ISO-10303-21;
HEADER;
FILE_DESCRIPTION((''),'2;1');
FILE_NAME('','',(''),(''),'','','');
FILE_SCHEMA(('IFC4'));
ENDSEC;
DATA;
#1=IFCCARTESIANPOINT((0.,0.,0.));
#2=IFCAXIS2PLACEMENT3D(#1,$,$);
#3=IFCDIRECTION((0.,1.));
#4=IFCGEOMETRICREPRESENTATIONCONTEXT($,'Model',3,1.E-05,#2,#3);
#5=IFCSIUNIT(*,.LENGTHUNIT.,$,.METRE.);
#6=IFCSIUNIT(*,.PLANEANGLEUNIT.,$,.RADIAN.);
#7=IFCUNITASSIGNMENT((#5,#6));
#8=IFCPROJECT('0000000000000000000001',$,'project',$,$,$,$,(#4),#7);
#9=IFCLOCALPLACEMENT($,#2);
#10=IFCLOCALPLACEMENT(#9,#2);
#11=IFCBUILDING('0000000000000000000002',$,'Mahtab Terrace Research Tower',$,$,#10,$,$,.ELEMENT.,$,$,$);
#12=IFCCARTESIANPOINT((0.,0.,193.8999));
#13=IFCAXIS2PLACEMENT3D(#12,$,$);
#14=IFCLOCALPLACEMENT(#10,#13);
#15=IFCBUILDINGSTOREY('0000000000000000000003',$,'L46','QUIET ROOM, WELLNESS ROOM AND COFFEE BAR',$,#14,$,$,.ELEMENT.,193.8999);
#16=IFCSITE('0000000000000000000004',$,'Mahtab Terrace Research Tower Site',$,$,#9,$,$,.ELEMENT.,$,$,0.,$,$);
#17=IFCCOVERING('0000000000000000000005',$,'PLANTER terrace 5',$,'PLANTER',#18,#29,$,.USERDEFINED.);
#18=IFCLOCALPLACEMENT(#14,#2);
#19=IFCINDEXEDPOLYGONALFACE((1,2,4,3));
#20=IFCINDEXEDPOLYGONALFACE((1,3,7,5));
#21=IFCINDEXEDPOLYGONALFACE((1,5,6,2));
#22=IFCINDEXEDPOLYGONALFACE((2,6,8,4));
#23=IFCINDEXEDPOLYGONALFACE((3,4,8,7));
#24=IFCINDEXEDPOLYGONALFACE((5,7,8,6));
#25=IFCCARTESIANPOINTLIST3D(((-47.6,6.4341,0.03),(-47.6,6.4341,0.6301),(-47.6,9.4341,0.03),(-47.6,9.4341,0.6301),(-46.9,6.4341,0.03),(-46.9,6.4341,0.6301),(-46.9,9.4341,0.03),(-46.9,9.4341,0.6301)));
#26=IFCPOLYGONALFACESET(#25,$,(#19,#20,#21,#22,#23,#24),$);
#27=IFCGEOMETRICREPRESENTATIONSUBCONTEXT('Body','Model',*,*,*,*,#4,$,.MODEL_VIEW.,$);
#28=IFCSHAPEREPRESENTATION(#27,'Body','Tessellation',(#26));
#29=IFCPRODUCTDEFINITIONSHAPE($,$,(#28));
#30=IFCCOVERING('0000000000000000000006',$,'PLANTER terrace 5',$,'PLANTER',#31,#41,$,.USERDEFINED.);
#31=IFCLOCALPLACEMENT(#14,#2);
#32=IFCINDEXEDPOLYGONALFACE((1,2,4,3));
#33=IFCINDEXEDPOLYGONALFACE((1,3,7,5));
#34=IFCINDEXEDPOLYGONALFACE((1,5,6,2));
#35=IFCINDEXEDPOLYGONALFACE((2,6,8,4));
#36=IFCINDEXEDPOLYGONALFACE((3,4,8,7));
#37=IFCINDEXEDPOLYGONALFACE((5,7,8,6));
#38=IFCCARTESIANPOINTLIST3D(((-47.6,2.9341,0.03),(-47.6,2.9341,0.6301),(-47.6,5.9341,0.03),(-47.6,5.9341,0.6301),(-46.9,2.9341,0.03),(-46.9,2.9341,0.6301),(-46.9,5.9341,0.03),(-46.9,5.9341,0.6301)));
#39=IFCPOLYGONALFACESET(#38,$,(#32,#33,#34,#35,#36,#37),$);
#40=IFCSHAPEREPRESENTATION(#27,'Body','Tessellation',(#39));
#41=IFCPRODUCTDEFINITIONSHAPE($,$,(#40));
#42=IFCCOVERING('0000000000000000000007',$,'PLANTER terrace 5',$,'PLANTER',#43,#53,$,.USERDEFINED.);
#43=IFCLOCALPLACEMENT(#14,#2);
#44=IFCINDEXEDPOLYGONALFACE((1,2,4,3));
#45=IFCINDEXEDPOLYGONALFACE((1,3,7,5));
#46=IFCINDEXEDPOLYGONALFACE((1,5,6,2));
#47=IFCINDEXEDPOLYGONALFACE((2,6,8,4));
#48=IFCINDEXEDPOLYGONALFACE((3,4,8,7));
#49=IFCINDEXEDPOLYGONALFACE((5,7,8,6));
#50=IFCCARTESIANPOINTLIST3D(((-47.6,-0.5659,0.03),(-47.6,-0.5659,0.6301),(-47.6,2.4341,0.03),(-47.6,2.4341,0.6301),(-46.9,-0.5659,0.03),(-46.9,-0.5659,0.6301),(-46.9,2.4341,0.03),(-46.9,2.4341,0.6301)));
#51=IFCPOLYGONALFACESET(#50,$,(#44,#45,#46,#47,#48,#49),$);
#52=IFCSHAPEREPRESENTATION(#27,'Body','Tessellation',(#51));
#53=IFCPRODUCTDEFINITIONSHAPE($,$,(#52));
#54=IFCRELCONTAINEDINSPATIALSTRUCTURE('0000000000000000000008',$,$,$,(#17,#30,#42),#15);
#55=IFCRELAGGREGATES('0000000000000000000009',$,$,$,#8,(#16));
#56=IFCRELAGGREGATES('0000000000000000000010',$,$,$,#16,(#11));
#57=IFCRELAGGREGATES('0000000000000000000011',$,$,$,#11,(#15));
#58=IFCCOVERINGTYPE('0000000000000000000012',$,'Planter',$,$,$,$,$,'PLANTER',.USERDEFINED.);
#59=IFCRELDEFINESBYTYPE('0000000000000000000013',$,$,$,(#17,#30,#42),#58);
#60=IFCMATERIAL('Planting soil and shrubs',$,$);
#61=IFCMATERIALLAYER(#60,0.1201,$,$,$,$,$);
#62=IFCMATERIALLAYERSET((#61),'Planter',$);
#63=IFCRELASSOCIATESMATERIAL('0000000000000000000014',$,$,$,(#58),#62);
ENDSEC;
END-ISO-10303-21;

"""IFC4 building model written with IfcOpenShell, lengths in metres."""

from ifc_helpers import new_model, si_unit, direction, frame, origin, origin_2d, place, context, subcontext, project, spatial, rectangle, extrude, material, layer, layer_set, type_object, element, save


model = new_model("IFC4")

# Units and contexts
model_context = context("Model", 3, precision=1e-05, world=origin(), true_north=direction((0.0, 1.0)))
body_context = subcontext(model_context, "Body", "Model", "MODEL_VIEW")
ifc_project = project(units=[si_unit("LENGTHUNIT", "METRE"), si_unit("PLANEANGLEUNIT", "RADIAN")], contexts=[model_context])

# Site, building, storey
site_placement = place(None, origin())
site = spatial("IfcSite", under=ifc_project, at=site_placement, Name="Mahtab Terrace Research Tower Site", CompositionType="ELEMENT", RefElevation=0.0)
building_placement = place(site_placement, origin())
building = spatial("IfcBuilding", under=site, at=building_placement, Name="Mahtab Terrace Research Tower", CompositionType="ELEMENT")
storey_placement = place(building_placement, frame((0.0, 0.0, 193.8999)))
storey = spatial("IfcBuildingStorey", under=building, at=storey_placement, Name="L46", Description="QUIET ROOM, WELLNESS ROOM AND COFFEE BAR", CompositionType="ELEMENT", Elevation=193.8999)

# Coverings
ifc_material_1 = material(Name="Planting soil and shrubs")
ifc_layer_1 = layer(ifc_material_1, 0.1201)
ifc_layer_set_1 = layer_set([ifc_layer_1], Name="Planter")
covering_type_1 = type_object("IfcCoveringType", Name="Planter", ElementType="PLANTER", PredefinedType="USERDEFINED", material=ifc_layer_set_1)
for number, where, z_axis, x_axis, name in (
    (1, (-47.25, 7.9341, 0.03), (0.0, 0.0, 1.0), (0.0, -1.0, 0.0), "PLANTER terrace 5"),
    (2, (-47.25, 4.4341, 0.03), (0.0, 0.0, 1.0), (0.0, -1.0, 0.0), "PLANTER terrace 5"),
    (3, (-47.25, 0.9341, 0.03), (0.0, 0.0, 1.0), (0.0, -1.0, 0.0), "PLANTER terrace 5"),
):
    element("IfcCovering", number, at=place(storey_placement, frame(where, z_axis=z_axis, x_axis=x_axis)), inside=storey, type_object=covering_type_1, Name=name, ObjectType="PLANTER", PredefinedType="USERDEFINED", context=body_context, shape_type="SweptSolid", body=[
        extrude(rectangle(XDim=3.0, YDim=0.7, at=origin_2d()), origin(), (0.0, 0.0, 1.0), 0.6001),
    ])

save(model, "model.ifc")
